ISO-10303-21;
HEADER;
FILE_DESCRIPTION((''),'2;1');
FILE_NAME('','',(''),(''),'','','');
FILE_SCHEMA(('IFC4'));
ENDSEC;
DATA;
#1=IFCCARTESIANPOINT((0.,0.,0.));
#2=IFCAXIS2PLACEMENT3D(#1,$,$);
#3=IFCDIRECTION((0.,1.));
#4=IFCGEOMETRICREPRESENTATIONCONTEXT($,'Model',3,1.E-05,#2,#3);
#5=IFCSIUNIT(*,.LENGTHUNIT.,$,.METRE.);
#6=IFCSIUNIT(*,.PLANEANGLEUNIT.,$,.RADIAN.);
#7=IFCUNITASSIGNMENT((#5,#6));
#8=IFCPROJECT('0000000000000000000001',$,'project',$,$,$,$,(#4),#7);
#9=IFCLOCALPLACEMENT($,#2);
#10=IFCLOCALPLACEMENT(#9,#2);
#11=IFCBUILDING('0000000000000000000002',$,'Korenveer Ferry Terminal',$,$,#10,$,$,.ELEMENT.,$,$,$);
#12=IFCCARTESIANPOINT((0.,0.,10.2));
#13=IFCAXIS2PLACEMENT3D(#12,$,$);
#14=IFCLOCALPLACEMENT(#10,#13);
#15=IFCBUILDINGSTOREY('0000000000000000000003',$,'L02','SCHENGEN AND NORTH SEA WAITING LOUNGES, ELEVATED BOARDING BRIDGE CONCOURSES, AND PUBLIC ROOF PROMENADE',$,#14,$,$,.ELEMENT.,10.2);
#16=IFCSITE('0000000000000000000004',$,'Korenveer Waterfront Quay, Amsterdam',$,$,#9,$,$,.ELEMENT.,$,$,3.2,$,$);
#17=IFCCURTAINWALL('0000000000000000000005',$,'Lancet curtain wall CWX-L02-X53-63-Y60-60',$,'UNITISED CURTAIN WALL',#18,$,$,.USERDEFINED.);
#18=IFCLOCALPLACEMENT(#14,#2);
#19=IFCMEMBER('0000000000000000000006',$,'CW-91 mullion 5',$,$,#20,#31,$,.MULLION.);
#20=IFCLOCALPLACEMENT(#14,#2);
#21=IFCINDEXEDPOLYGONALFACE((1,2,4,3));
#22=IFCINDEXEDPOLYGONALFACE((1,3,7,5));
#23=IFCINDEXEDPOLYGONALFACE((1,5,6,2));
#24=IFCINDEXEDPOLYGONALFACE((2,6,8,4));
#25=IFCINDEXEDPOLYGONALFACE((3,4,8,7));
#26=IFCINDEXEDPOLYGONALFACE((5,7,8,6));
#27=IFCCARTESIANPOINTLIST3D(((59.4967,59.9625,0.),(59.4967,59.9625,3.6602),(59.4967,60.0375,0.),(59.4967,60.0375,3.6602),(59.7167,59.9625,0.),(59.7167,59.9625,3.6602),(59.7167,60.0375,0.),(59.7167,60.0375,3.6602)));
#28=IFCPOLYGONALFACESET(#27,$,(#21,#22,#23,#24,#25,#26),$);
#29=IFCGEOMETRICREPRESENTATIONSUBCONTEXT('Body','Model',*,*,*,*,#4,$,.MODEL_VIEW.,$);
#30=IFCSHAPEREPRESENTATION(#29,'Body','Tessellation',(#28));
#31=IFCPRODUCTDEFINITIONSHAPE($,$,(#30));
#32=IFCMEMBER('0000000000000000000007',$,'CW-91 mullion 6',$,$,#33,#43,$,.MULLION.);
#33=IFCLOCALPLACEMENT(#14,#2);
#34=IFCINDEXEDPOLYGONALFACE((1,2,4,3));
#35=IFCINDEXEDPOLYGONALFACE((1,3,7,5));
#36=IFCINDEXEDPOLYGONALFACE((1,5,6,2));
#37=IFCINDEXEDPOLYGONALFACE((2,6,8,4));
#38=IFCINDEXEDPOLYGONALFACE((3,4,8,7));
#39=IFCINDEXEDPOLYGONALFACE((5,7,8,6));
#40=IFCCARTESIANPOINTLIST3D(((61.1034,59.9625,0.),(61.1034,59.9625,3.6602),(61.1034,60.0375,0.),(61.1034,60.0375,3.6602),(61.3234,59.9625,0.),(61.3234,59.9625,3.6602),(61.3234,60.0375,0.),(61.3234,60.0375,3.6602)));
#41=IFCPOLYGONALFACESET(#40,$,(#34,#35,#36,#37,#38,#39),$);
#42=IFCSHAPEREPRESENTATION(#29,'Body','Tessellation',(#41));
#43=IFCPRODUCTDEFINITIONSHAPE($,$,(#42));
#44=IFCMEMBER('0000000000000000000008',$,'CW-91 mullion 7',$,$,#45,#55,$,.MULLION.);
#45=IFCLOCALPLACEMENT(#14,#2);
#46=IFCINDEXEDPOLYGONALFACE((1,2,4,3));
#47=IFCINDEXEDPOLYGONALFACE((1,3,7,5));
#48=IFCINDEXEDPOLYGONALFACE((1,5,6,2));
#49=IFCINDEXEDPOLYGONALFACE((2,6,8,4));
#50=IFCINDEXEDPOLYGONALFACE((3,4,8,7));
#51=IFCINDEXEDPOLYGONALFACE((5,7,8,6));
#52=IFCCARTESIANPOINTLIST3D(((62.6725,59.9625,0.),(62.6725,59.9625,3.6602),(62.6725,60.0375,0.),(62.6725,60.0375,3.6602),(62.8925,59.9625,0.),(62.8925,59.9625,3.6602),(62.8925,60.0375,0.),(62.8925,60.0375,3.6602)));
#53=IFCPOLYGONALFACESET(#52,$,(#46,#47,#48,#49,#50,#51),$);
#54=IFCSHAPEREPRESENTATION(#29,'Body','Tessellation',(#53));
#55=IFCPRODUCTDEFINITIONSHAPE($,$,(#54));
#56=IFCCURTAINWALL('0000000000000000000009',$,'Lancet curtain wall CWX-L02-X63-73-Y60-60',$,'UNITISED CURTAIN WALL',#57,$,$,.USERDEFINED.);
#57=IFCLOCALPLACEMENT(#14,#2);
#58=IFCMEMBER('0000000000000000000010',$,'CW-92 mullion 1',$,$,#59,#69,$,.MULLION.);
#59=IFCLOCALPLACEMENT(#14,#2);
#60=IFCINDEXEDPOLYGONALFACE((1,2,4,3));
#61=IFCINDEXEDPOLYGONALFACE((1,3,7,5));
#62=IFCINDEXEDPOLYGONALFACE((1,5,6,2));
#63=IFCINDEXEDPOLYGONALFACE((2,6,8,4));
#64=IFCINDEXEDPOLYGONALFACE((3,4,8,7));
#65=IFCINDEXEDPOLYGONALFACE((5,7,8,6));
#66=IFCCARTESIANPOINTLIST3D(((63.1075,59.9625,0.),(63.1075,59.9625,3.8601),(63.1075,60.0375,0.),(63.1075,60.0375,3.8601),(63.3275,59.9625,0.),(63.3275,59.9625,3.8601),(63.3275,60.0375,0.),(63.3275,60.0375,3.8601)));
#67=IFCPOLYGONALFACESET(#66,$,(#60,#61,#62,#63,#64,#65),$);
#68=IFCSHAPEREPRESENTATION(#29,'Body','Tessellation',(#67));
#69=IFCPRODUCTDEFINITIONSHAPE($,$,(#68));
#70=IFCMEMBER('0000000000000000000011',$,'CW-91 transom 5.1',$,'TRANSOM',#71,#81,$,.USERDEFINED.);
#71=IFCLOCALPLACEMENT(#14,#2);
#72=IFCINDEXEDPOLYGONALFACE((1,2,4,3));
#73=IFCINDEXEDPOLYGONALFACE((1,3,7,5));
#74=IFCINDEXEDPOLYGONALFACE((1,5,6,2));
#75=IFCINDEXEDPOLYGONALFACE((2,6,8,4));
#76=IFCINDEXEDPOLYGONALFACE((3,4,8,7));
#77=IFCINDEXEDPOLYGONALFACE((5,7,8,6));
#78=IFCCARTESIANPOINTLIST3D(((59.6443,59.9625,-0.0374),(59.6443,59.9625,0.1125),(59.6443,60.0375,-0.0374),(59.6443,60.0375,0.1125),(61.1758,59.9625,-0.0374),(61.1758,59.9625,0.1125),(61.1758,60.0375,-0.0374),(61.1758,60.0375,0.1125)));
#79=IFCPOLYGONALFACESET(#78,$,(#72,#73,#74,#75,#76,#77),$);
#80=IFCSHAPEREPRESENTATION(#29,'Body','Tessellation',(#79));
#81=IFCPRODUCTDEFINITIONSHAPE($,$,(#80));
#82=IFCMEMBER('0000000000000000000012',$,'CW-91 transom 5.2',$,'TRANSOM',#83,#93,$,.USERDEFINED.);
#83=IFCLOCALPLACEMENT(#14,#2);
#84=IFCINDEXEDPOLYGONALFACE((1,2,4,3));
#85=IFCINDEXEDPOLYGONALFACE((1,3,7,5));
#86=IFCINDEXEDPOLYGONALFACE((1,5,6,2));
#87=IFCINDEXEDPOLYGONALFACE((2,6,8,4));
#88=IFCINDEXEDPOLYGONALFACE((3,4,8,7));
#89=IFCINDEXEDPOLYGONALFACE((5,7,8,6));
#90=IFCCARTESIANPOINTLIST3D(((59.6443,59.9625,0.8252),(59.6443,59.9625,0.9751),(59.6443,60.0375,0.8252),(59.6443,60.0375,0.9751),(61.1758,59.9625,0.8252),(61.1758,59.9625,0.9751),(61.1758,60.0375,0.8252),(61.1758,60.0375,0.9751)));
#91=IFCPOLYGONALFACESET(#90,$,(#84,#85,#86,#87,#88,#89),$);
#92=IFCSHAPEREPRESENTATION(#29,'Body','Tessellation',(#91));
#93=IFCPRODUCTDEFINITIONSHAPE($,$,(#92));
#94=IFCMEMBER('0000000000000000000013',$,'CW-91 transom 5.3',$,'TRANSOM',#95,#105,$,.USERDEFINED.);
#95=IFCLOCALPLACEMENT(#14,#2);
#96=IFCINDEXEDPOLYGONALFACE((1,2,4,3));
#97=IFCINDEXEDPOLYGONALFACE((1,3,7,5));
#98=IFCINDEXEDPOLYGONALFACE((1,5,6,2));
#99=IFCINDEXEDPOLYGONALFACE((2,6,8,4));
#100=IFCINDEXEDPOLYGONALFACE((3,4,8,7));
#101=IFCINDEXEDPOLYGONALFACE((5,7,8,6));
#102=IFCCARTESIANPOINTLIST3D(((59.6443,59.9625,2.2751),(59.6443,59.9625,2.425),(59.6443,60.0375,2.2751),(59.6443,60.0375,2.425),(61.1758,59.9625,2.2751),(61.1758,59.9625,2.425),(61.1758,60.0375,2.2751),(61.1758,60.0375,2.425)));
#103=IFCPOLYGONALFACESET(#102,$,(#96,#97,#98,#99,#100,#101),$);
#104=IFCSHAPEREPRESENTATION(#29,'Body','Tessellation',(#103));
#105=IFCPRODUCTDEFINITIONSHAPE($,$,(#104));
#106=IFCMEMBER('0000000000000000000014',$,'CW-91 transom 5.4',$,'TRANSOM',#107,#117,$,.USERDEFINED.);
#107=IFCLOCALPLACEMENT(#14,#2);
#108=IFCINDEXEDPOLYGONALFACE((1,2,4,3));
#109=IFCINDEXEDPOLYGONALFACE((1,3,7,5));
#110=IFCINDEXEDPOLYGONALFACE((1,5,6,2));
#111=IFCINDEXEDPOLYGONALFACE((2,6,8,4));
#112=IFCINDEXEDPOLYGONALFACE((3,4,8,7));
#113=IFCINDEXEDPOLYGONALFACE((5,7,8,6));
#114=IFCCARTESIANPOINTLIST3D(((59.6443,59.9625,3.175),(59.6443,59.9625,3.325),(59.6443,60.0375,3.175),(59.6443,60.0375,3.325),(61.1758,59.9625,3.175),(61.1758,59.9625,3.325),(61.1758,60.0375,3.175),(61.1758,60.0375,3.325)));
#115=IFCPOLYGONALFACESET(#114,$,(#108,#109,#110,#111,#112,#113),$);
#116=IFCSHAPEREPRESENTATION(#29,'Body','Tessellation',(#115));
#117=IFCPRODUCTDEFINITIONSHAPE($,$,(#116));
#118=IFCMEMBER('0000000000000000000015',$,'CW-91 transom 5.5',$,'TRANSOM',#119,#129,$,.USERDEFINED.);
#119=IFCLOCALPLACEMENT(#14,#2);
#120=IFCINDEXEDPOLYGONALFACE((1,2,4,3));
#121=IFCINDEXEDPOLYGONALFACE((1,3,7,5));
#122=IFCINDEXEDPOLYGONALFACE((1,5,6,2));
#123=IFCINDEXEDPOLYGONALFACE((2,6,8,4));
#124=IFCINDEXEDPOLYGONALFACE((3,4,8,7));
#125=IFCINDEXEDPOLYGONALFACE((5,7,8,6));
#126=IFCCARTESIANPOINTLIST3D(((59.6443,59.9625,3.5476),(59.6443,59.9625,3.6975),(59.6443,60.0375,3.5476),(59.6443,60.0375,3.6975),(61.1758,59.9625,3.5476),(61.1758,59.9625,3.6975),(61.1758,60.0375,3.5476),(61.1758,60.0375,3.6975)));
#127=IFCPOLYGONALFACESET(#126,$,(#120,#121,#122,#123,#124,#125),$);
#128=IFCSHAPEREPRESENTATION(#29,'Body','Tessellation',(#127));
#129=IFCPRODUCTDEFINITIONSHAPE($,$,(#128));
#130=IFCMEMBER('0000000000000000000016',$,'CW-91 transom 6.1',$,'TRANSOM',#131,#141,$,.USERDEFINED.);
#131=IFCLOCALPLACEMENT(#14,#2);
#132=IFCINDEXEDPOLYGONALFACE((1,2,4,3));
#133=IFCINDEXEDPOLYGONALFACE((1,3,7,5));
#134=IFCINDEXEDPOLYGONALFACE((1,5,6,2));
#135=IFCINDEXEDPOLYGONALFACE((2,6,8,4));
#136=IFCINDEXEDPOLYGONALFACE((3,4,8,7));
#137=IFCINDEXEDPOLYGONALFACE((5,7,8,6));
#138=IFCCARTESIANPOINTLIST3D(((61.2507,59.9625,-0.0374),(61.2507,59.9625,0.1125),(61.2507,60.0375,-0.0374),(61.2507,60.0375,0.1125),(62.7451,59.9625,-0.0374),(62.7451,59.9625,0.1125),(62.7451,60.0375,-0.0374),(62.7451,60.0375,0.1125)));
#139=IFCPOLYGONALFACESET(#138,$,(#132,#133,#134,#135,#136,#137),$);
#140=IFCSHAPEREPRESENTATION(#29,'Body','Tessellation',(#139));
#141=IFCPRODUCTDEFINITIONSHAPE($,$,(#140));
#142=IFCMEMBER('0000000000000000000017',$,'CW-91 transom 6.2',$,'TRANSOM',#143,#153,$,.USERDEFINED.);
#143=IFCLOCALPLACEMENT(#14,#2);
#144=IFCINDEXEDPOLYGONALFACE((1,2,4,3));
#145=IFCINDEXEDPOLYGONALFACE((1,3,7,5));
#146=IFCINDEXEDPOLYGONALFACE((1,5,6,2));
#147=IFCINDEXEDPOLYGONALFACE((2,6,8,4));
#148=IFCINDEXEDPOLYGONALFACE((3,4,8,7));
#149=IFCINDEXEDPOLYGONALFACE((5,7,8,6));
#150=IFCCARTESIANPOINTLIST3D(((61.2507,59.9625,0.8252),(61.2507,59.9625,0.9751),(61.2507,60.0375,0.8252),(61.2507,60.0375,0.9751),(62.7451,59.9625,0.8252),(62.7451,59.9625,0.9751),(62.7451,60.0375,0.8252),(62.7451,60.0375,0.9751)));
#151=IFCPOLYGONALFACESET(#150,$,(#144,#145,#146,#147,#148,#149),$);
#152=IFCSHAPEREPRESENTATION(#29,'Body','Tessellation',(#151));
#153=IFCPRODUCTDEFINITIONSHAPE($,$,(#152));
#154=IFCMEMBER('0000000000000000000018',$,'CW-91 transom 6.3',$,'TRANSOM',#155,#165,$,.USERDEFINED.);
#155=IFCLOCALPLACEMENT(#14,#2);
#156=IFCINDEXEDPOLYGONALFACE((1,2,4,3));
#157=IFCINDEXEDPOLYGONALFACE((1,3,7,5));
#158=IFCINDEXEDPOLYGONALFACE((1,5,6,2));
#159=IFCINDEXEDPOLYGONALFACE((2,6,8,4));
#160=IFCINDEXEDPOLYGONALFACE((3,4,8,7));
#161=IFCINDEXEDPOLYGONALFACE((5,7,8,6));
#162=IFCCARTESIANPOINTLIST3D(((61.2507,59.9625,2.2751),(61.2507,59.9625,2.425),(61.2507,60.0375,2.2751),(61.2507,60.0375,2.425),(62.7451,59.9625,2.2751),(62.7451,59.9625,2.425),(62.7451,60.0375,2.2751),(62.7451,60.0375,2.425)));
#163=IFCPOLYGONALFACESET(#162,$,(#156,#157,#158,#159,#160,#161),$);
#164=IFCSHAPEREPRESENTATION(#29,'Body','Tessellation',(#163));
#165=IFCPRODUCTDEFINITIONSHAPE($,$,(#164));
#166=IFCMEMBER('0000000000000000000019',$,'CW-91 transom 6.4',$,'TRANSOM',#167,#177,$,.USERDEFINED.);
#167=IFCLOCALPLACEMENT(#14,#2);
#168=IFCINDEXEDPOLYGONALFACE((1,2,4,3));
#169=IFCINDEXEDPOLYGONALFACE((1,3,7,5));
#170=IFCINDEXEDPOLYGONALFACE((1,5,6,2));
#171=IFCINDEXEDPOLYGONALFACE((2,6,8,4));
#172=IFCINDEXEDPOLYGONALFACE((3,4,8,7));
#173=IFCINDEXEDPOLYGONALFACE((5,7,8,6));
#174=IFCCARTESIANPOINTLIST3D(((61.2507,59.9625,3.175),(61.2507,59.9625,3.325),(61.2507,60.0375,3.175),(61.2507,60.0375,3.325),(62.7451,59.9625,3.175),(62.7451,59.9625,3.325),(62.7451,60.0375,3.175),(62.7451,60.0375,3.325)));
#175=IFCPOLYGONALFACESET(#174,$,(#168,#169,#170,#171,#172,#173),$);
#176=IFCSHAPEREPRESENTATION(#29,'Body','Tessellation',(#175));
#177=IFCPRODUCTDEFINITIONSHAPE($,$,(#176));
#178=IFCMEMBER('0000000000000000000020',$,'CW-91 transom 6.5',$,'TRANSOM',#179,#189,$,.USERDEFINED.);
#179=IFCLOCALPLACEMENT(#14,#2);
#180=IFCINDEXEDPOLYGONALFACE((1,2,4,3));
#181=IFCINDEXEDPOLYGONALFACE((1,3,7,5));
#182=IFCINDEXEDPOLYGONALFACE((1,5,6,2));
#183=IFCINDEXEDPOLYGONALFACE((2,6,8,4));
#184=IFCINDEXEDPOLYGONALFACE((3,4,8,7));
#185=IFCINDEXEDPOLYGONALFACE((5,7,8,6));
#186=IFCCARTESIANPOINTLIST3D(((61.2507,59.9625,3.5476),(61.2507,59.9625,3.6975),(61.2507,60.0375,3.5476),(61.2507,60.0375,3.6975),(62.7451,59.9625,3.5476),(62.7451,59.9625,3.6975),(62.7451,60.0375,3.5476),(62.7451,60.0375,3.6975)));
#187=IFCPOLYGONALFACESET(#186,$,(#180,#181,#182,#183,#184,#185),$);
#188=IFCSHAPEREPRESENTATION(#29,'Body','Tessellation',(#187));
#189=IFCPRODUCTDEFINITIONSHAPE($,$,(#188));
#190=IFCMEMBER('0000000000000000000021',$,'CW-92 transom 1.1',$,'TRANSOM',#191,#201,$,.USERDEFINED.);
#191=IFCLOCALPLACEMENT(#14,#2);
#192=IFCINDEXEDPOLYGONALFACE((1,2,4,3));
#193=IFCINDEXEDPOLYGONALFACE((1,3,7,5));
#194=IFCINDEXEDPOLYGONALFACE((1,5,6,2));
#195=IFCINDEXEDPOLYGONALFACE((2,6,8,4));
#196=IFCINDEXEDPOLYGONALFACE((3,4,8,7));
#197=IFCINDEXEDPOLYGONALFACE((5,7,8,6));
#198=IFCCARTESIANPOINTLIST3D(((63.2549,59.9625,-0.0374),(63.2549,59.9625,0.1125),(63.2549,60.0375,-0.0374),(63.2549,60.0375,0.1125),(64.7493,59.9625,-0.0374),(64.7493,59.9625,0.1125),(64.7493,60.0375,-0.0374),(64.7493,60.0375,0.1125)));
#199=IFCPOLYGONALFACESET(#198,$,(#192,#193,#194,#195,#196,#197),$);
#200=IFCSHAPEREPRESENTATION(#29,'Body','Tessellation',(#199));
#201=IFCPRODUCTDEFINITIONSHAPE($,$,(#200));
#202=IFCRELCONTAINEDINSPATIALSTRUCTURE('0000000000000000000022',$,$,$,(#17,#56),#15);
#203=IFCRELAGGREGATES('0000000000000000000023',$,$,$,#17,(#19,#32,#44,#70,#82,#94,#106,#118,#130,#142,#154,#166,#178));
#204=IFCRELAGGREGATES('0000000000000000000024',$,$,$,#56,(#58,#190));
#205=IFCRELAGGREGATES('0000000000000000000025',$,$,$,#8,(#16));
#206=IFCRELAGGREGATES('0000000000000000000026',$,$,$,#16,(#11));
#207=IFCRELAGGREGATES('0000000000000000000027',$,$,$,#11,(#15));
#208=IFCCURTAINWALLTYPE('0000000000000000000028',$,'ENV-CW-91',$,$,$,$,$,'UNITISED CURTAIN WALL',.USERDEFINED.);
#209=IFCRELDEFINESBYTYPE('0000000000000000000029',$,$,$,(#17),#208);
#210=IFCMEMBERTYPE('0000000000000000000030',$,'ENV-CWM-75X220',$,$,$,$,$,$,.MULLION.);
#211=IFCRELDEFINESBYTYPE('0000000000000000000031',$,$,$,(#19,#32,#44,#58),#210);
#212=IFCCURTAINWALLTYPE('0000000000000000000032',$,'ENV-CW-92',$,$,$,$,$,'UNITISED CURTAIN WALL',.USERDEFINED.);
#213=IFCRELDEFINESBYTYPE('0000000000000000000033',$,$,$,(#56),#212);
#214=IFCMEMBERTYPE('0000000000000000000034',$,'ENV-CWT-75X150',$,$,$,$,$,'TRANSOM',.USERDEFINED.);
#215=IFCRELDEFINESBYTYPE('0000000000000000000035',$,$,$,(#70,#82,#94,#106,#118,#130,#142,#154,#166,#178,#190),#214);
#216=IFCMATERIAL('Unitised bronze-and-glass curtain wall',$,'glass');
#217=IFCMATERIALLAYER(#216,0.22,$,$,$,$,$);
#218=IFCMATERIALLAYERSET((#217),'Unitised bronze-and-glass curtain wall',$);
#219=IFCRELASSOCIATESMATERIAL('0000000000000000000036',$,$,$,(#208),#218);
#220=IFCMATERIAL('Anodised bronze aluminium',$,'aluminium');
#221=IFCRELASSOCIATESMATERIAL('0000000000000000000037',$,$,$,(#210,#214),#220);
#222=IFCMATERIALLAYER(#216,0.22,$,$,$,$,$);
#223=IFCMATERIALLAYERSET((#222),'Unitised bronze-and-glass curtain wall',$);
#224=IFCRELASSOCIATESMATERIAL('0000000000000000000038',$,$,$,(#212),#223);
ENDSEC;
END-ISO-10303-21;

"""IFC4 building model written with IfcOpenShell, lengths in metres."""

from ifc_helpers import new_model, si_unit, direction, frame, origin, origin_2d, place, context, subcontext, project, spatial, rectangle, extrude, material, layer, layer_set, material_profile, profile_set, type_object, element, aggregate, save


model = new_model("IFC4")

# Units and contexts
model_context = context("Model", 3, precision=1e-05, world=origin(), true_north=direction((0.0, 1.0)))
body_context = subcontext(model_context, "Body", "Model", "MODEL_VIEW")
ifc_project = project(units=[si_unit("LENGTHUNIT", "METRE"), si_unit("PLANEANGLEUNIT", "RADIAN")], contexts=[model_context])

# Site, building, storey
site_placement = place(None, origin())
site = spatial("IfcSite", under=ifc_project, at=site_placement, Name="Korenveer Waterfront Quay, Amsterdam", CompositionType="ELEMENT", RefElevation=3.2)
building_placement = place(site_placement, origin())
building = spatial("IfcBuilding", under=site, at=building_placement, Name="Korenveer Ferry Terminal", CompositionType="ELEMENT")
storey_placement = place(building_placement, frame((0.0, 0.0, 10.2)))
storey = spatial("IfcBuildingStorey", under=building, at=storey_placement, Name="L02", Description="SCHENGEN AND NORTH SEA WAITING LOUNGES, ELEVATED BOARDING BRIDGE CONCOURSES, AND PUBLIC ROOF PROMENADE", CompositionType="ELEMENT", Elevation=10.2)

# Curtain wall, members
ifc_material_1 = material(Name="Unitised bronze-and-glass curtain wall", Category="glass")
ifc_layer_1 = layer(ifc_material_1, 0.22)
ifc_layer_set_1 = layer_set([ifc_layer_1], Name="Unitised bronze-and-glass curtain wall")
curtain_wall_type_1 = type_object("IfcCurtainWallType", Name="ENV-CW-91", ElementType="UNITISED CURTAIN WALL", PredefinedType="USERDEFINED", material=ifc_layer_set_1)
curtain_wall_1_placement = place(storey_placement, frame((53.1799, 60.0, 0.0)))
curtain_wall_1 = element("IfcCurtainWall", 1, at=curtain_wall_1_placement, inside=storey, type_object=curtain_wall_type_1, Name="Lancet curtain wall CWX-L02-X53-63-Y60-60", ObjectType="UNITISED CURTAIN WALL", PredefinedType="USERDEFINED")
ifc_material_2 = material(Name="Anodised bronze aluminium", Category="aluminium")
ifc_material_profile_1 = material_profile(ifc_material_2, rectangle(XDim=0.075, YDim=0.22, at=origin_2d()), Name="ALU 75x220")
ifc_profile_set_1 = profile_set([ifc_material_profile_1], Name="Anodised bronze aluminium")
member_type_1 = type_object("IfcMemberType", Name="ENV-CWM-75X220", PredefinedType="MULLION", material=ifc_profile_set_1)
member_1_placement = place(storey_placement, frame((59.6067, 60.0, 0.0), z_axis=(0.0, 0.0, 1.0), x_axis=(0.0, 1.0, 0.0)))
member_1 = element("IfcMember", 2, at=member_1_placement, type_object=member_type_1, Name="CW-91 mullion 5", PredefinedType="MULLION", context=body_context, shape_type="SweptSolid", body=[
    extrude(rectangle(XDim=0.075, YDim=0.22, at=origin_2d()), origin(), (0.0, 0.0, 1.0), 3.6602),
])
member_2_placement = place(storey_placement, frame((61.2134, 60.0, 0.0), z_axis=(0.0, 0.0, 1.0), x_axis=(0.0, 1.0, 0.0)))
member_2 = element("IfcMember", 3, at=member_2_placement, type_object=member_type_1, Name="CW-91 mullion 6", PredefinedType="MULLION", context=body_context, shape_type="SweptSolid", body=[
    extrude(rectangle(XDim=0.075, YDim=0.22, at=origin_2d()), origin(), (0.0, 0.0, 1.0), 3.6602),
])
member_3_placement = place(storey_placement, frame((62.7825, 60.0, 0.0), z_axis=(0.0, 0.0, 1.0), x_axis=(0.0, 1.0, 0.0)))
member_3 = element("IfcMember", 4, at=member_3_placement, type_object=member_type_1, Name="CW-91 mullion 7", PredefinedType="MULLION", context=body_context, shape_type="SweptSolid", body=[
    extrude(rectangle(XDim=0.075, YDim=0.22, at=origin_2d()), origin(), (0.0, 0.0, 1.0), 3.6602),
])

# Curtain wall, member
ifc_layer_2 = layer(ifc_material_1, 0.22)
ifc_layer_set_2 = layer_set([ifc_layer_2], Name="Unitised bronze-and-glass curtain wall")
curtain_wall_type_2 = type_object("IfcCurtainWallType", Name="ENV-CW-92", ElementType="UNITISED CURTAIN WALL", PredefinedType="USERDEFINED", material=ifc_layer_set_2)
curtain_wall_2_placement = place(storey_placement, frame((63.1799, 60.0, 0.0)))
curtain_wall_2 = element("IfcCurtainWall", 5, at=curtain_wall_2_placement, inside=storey, type_object=curtain_wall_type_2, Name="Lancet curtain wall CWX-L02-X63-73-Y60-60", ObjectType="UNITISED CURTAIN WALL", PredefinedType="USERDEFINED")
member_4_placement = place(storey_placement, frame((63.2175, 60.0, 0.0), z_axis=(0.0, 0.0, 1.0), x_axis=(0.0, 1.0, 0.0)))
member_4 = element("IfcMember", 6, at=member_4_placement, type_object=member_type_1, Name="CW-92 mullion 1", PredefinedType="MULLION", context=body_context, shape_type="SweptSolid", body=[
    extrude(rectangle(XDim=0.075, YDim=0.22, at=origin_2d()), origin(), (0.0, 0.0, 1.0), 3.8601),
])

# Members
ifc_material_profile_2 = material_profile(ifc_material_2, rectangle(XDim=0.075, YDim=0.1499, at=origin_2d()), Name="ALU 75x150")
ifc_profile_set_2 = profile_set([ifc_material_profile_2], Name="Anodised bronze aluminium")
member_type_2 = type_object("IfcMemberType", Name="ENV-CWT-75X150", ElementType="TRANSOM", PredefinedType="USERDEFINED", material=ifc_profile_set_2)
member_5_placement = place(storey_placement, frame((59.6443, 60.0, 0.0376), z_axis=(1.0, 0.0, 0.0), x_axis=(0.0, 1.0, 0.0)))
member_5 = element("IfcMember", 7, at=member_5_placement, type_object=member_type_2, Name="CW-91 transom 5.1", ObjectType="TRANSOM", PredefinedType="USERDEFINED", context=body_context, shape_type="SweptSolid", body=[
    extrude(rectangle(XDim=0.075, YDim=0.1499, at=origin_2d()), origin(), (0.0, 0.0, 1.0), 1.5315),
])
member_6_placement = place(storey_placement, frame((59.6443, 60.0, 0.9001), z_axis=(1.0, 0.0, 0.0), x_axis=(0.0, 1.0, 0.0)))
member_6 = element("IfcMember", 8, at=member_6_placement, type_object=member_type_2, Name="CW-91 transom 5.2", ObjectType="TRANSOM", PredefinedType="USERDEFINED", context=body_context, shape_type="SweptSolid", body=[
    extrude(rectangle(XDim=0.075, YDim=0.1499, at=origin_2d()), origin(), (0.0, 0.0, 1.0), 1.5315),
])
member_7_placement = place(storey_placement, frame((59.6443, 60.0, 2.3501), z_axis=(1.0, 0.0, 0.0), x_axis=(0.0, 1.0, 0.0)))
member_7 = element("IfcMember", 9, at=member_7_placement, type_object=member_type_2, Name="CW-91 transom 5.3", ObjectType="TRANSOM", PredefinedType="USERDEFINED", context=body_context, shape_type="SweptSolid", body=[
    extrude(rectangle(XDim=0.075, YDim=0.1499, at=origin_2d()), origin(), (0.0, 0.0, 1.0), 1.5315),
])
member_8_placement = place(storey_placement, frame((59.6443, 60.0, 3.25), z_axis=(1.0, 0.0, 0.0), x_axis=(0.0, 1.0, 0.0)))
member_8 = element("IfcMember", 10, at=member_8_placement, type_object=member_type_2, Name="CW-91 transom 5.4", ObjectType="TRANSOM", PredefinedType="USERDEFINED", context=body_context, shape_type="SweptSolid", body=[
    extrude(rectangle(XDim=0.075, YDim=0.1499, at=origin_2d()), origin(), (0.0, 0.0, 1.0), 1.5315),
])
member_9_placement = place(storey_placement, frame((59.6443, 60.0, 3.6226), z_axis=(1.0, 0.0, 0.0), x_axis=(0.0, 1.0, 0.0)))
member_9 = element("IfcMember", 11, at=member_9_placement, type_object=member_type_2, Name="CW-91 transom 5.5", ObjectType="TRANSOM", PredefinedType="USERDEFINED", context=body_context, shape_type="SweptSolid", body=[
    extrude(rectangle(XDim=0.075, YDim=0.1499, at=origin_2d()), origin(), (0.0, 0.0, 1.0), 1.5315),
])
member_10_placement = place(storey_placement, frame((61.2507, 60.0, 0.0376), z_axis=(1.0, 0.0, 0.0), x_axis=(0.0, 1.0, 0.0)))
member_10 = element("IfcMember", 12, at=member_10_placement, type_object=member_type_2, Name="CW-91 transom 6.1", ObjectType="TRANSOM", PredefinedType="USERDEFINED", context=body_context, shape_type="SweptSolid", body=[
    extrude(rectangle(XDim=0.075, YDim=0.1499, at=origin_2d()), origin(), (0.0, 0.0, 1.0), 1.4944),
])
member_11_placement = place(storey_placement, frame((61.2507, 60.0, 0.9001), z_axis=(1.0, 0.0, 0.0), x_axis=(0.0, 1.0, 0.0)))
member_11 = element("IfcMember", 13, at=member_11_placement, type_object=member_type_2, Name="CW-91 transom 6.2", ObjectType="TRANSOM", PredefinedType="USERDEFINED", context=body_context, shape_type="SweptSolid", body=[
    extrude(rectangle(XDim=0.075, YDim=0.1499, at=origin_2d()), origin(), (0.0, 0.0, 1.0), 1.4944),
])
member_12_placement = place(storey_placement, frame((61.2507, 60.0, 2.3501), z_axis=(1.0, 0.0, 0.0), x_axis=(0.0, 1.0, 0.0)))
member_12 = element("IfcMember", 14, at=member_12_placement, type_object=member_type_2, Name="CW-91 transom 6.3", ObjectType="TRANSOM", PredefinedType="USERDEFINED", context=body_context, shape_type="SweptSolid", body=[
    extrude(rectangle(XDim=0.075, YDim=0.1499, at=origin_2d()), origin(), (0.0, 0.0, 1.0), 1.4944),
])
member_13_placement = place(storey_placement, frame((61.2507, 60.0, 3.25), z_axis=(1.0, 0.0, 0.0), x_axis=(0.0, 1.0, 0.0)))
member_13 = element("IfcMember", 15, at=member_13_placement, type_object=member_type_2, Name="CW-91 transom 6.4", ObjectType="TRANSOM", PredefinedType="USERDEFINED", context=body_context, shape_type="SweptSolid", body=[
    extrude(rectangle(XDim=0.075, YDim=0.1499, at=origin_2d()), origin(), (0.0, 0.0, 1.0), 1.4944),
])
member_14_placement = place(storey_placement, frame((61.2507, 60.0, 3.6226), z_axis=(1.0, 0.0, 0.0), x_axis=(0.0, 1.0, 0.0)))
member_14 = element("IfcMember", 16, at=member_14_placement, type_object=member_type_2, Name="CW-91 transom 6.5", ObjectType="TRANSOM", PredefinedType="USERDEFINED", context=body_context, shape_type="SweptSolid", body=[
    extrude(rectangle(XDim=0.075, YDim=0.1499, at=origin_2d()), origin(), (0.0, 0.0, 1.0), 1.4944),
])
member_15_placement = place(storey_placement, frame((63.2549, 60.0, 0.0376), z_axis=(1.0, 0.0, 0.0), x_axis=(0.0, 1.0, 0.0)))
member_15 = element("IfcMember", 17, at=member_15_placement, type_object=member_type_2, Name="CW-92 transom 1.1", ObjectType="TRANSOM", PredefinedType="USERDEFINED", context=body_context, shape_type="SweptSolid", body=[
    extrude(rectangle(XDim=0.075, YDim=0.1499, at=origin_2d()), origin(), (0.0, 0.0, 1.0), 1.4944),
])

aggregate(curtain_wall_1, [member_1, member_2, member_3, member_5, member_6, member_7, member_8, member_9, member_10, member_11, member_12, member_13, member_14])
aggregate(curtain_wall_2, [member_4, member_15])

save(model, "model.ifc")
